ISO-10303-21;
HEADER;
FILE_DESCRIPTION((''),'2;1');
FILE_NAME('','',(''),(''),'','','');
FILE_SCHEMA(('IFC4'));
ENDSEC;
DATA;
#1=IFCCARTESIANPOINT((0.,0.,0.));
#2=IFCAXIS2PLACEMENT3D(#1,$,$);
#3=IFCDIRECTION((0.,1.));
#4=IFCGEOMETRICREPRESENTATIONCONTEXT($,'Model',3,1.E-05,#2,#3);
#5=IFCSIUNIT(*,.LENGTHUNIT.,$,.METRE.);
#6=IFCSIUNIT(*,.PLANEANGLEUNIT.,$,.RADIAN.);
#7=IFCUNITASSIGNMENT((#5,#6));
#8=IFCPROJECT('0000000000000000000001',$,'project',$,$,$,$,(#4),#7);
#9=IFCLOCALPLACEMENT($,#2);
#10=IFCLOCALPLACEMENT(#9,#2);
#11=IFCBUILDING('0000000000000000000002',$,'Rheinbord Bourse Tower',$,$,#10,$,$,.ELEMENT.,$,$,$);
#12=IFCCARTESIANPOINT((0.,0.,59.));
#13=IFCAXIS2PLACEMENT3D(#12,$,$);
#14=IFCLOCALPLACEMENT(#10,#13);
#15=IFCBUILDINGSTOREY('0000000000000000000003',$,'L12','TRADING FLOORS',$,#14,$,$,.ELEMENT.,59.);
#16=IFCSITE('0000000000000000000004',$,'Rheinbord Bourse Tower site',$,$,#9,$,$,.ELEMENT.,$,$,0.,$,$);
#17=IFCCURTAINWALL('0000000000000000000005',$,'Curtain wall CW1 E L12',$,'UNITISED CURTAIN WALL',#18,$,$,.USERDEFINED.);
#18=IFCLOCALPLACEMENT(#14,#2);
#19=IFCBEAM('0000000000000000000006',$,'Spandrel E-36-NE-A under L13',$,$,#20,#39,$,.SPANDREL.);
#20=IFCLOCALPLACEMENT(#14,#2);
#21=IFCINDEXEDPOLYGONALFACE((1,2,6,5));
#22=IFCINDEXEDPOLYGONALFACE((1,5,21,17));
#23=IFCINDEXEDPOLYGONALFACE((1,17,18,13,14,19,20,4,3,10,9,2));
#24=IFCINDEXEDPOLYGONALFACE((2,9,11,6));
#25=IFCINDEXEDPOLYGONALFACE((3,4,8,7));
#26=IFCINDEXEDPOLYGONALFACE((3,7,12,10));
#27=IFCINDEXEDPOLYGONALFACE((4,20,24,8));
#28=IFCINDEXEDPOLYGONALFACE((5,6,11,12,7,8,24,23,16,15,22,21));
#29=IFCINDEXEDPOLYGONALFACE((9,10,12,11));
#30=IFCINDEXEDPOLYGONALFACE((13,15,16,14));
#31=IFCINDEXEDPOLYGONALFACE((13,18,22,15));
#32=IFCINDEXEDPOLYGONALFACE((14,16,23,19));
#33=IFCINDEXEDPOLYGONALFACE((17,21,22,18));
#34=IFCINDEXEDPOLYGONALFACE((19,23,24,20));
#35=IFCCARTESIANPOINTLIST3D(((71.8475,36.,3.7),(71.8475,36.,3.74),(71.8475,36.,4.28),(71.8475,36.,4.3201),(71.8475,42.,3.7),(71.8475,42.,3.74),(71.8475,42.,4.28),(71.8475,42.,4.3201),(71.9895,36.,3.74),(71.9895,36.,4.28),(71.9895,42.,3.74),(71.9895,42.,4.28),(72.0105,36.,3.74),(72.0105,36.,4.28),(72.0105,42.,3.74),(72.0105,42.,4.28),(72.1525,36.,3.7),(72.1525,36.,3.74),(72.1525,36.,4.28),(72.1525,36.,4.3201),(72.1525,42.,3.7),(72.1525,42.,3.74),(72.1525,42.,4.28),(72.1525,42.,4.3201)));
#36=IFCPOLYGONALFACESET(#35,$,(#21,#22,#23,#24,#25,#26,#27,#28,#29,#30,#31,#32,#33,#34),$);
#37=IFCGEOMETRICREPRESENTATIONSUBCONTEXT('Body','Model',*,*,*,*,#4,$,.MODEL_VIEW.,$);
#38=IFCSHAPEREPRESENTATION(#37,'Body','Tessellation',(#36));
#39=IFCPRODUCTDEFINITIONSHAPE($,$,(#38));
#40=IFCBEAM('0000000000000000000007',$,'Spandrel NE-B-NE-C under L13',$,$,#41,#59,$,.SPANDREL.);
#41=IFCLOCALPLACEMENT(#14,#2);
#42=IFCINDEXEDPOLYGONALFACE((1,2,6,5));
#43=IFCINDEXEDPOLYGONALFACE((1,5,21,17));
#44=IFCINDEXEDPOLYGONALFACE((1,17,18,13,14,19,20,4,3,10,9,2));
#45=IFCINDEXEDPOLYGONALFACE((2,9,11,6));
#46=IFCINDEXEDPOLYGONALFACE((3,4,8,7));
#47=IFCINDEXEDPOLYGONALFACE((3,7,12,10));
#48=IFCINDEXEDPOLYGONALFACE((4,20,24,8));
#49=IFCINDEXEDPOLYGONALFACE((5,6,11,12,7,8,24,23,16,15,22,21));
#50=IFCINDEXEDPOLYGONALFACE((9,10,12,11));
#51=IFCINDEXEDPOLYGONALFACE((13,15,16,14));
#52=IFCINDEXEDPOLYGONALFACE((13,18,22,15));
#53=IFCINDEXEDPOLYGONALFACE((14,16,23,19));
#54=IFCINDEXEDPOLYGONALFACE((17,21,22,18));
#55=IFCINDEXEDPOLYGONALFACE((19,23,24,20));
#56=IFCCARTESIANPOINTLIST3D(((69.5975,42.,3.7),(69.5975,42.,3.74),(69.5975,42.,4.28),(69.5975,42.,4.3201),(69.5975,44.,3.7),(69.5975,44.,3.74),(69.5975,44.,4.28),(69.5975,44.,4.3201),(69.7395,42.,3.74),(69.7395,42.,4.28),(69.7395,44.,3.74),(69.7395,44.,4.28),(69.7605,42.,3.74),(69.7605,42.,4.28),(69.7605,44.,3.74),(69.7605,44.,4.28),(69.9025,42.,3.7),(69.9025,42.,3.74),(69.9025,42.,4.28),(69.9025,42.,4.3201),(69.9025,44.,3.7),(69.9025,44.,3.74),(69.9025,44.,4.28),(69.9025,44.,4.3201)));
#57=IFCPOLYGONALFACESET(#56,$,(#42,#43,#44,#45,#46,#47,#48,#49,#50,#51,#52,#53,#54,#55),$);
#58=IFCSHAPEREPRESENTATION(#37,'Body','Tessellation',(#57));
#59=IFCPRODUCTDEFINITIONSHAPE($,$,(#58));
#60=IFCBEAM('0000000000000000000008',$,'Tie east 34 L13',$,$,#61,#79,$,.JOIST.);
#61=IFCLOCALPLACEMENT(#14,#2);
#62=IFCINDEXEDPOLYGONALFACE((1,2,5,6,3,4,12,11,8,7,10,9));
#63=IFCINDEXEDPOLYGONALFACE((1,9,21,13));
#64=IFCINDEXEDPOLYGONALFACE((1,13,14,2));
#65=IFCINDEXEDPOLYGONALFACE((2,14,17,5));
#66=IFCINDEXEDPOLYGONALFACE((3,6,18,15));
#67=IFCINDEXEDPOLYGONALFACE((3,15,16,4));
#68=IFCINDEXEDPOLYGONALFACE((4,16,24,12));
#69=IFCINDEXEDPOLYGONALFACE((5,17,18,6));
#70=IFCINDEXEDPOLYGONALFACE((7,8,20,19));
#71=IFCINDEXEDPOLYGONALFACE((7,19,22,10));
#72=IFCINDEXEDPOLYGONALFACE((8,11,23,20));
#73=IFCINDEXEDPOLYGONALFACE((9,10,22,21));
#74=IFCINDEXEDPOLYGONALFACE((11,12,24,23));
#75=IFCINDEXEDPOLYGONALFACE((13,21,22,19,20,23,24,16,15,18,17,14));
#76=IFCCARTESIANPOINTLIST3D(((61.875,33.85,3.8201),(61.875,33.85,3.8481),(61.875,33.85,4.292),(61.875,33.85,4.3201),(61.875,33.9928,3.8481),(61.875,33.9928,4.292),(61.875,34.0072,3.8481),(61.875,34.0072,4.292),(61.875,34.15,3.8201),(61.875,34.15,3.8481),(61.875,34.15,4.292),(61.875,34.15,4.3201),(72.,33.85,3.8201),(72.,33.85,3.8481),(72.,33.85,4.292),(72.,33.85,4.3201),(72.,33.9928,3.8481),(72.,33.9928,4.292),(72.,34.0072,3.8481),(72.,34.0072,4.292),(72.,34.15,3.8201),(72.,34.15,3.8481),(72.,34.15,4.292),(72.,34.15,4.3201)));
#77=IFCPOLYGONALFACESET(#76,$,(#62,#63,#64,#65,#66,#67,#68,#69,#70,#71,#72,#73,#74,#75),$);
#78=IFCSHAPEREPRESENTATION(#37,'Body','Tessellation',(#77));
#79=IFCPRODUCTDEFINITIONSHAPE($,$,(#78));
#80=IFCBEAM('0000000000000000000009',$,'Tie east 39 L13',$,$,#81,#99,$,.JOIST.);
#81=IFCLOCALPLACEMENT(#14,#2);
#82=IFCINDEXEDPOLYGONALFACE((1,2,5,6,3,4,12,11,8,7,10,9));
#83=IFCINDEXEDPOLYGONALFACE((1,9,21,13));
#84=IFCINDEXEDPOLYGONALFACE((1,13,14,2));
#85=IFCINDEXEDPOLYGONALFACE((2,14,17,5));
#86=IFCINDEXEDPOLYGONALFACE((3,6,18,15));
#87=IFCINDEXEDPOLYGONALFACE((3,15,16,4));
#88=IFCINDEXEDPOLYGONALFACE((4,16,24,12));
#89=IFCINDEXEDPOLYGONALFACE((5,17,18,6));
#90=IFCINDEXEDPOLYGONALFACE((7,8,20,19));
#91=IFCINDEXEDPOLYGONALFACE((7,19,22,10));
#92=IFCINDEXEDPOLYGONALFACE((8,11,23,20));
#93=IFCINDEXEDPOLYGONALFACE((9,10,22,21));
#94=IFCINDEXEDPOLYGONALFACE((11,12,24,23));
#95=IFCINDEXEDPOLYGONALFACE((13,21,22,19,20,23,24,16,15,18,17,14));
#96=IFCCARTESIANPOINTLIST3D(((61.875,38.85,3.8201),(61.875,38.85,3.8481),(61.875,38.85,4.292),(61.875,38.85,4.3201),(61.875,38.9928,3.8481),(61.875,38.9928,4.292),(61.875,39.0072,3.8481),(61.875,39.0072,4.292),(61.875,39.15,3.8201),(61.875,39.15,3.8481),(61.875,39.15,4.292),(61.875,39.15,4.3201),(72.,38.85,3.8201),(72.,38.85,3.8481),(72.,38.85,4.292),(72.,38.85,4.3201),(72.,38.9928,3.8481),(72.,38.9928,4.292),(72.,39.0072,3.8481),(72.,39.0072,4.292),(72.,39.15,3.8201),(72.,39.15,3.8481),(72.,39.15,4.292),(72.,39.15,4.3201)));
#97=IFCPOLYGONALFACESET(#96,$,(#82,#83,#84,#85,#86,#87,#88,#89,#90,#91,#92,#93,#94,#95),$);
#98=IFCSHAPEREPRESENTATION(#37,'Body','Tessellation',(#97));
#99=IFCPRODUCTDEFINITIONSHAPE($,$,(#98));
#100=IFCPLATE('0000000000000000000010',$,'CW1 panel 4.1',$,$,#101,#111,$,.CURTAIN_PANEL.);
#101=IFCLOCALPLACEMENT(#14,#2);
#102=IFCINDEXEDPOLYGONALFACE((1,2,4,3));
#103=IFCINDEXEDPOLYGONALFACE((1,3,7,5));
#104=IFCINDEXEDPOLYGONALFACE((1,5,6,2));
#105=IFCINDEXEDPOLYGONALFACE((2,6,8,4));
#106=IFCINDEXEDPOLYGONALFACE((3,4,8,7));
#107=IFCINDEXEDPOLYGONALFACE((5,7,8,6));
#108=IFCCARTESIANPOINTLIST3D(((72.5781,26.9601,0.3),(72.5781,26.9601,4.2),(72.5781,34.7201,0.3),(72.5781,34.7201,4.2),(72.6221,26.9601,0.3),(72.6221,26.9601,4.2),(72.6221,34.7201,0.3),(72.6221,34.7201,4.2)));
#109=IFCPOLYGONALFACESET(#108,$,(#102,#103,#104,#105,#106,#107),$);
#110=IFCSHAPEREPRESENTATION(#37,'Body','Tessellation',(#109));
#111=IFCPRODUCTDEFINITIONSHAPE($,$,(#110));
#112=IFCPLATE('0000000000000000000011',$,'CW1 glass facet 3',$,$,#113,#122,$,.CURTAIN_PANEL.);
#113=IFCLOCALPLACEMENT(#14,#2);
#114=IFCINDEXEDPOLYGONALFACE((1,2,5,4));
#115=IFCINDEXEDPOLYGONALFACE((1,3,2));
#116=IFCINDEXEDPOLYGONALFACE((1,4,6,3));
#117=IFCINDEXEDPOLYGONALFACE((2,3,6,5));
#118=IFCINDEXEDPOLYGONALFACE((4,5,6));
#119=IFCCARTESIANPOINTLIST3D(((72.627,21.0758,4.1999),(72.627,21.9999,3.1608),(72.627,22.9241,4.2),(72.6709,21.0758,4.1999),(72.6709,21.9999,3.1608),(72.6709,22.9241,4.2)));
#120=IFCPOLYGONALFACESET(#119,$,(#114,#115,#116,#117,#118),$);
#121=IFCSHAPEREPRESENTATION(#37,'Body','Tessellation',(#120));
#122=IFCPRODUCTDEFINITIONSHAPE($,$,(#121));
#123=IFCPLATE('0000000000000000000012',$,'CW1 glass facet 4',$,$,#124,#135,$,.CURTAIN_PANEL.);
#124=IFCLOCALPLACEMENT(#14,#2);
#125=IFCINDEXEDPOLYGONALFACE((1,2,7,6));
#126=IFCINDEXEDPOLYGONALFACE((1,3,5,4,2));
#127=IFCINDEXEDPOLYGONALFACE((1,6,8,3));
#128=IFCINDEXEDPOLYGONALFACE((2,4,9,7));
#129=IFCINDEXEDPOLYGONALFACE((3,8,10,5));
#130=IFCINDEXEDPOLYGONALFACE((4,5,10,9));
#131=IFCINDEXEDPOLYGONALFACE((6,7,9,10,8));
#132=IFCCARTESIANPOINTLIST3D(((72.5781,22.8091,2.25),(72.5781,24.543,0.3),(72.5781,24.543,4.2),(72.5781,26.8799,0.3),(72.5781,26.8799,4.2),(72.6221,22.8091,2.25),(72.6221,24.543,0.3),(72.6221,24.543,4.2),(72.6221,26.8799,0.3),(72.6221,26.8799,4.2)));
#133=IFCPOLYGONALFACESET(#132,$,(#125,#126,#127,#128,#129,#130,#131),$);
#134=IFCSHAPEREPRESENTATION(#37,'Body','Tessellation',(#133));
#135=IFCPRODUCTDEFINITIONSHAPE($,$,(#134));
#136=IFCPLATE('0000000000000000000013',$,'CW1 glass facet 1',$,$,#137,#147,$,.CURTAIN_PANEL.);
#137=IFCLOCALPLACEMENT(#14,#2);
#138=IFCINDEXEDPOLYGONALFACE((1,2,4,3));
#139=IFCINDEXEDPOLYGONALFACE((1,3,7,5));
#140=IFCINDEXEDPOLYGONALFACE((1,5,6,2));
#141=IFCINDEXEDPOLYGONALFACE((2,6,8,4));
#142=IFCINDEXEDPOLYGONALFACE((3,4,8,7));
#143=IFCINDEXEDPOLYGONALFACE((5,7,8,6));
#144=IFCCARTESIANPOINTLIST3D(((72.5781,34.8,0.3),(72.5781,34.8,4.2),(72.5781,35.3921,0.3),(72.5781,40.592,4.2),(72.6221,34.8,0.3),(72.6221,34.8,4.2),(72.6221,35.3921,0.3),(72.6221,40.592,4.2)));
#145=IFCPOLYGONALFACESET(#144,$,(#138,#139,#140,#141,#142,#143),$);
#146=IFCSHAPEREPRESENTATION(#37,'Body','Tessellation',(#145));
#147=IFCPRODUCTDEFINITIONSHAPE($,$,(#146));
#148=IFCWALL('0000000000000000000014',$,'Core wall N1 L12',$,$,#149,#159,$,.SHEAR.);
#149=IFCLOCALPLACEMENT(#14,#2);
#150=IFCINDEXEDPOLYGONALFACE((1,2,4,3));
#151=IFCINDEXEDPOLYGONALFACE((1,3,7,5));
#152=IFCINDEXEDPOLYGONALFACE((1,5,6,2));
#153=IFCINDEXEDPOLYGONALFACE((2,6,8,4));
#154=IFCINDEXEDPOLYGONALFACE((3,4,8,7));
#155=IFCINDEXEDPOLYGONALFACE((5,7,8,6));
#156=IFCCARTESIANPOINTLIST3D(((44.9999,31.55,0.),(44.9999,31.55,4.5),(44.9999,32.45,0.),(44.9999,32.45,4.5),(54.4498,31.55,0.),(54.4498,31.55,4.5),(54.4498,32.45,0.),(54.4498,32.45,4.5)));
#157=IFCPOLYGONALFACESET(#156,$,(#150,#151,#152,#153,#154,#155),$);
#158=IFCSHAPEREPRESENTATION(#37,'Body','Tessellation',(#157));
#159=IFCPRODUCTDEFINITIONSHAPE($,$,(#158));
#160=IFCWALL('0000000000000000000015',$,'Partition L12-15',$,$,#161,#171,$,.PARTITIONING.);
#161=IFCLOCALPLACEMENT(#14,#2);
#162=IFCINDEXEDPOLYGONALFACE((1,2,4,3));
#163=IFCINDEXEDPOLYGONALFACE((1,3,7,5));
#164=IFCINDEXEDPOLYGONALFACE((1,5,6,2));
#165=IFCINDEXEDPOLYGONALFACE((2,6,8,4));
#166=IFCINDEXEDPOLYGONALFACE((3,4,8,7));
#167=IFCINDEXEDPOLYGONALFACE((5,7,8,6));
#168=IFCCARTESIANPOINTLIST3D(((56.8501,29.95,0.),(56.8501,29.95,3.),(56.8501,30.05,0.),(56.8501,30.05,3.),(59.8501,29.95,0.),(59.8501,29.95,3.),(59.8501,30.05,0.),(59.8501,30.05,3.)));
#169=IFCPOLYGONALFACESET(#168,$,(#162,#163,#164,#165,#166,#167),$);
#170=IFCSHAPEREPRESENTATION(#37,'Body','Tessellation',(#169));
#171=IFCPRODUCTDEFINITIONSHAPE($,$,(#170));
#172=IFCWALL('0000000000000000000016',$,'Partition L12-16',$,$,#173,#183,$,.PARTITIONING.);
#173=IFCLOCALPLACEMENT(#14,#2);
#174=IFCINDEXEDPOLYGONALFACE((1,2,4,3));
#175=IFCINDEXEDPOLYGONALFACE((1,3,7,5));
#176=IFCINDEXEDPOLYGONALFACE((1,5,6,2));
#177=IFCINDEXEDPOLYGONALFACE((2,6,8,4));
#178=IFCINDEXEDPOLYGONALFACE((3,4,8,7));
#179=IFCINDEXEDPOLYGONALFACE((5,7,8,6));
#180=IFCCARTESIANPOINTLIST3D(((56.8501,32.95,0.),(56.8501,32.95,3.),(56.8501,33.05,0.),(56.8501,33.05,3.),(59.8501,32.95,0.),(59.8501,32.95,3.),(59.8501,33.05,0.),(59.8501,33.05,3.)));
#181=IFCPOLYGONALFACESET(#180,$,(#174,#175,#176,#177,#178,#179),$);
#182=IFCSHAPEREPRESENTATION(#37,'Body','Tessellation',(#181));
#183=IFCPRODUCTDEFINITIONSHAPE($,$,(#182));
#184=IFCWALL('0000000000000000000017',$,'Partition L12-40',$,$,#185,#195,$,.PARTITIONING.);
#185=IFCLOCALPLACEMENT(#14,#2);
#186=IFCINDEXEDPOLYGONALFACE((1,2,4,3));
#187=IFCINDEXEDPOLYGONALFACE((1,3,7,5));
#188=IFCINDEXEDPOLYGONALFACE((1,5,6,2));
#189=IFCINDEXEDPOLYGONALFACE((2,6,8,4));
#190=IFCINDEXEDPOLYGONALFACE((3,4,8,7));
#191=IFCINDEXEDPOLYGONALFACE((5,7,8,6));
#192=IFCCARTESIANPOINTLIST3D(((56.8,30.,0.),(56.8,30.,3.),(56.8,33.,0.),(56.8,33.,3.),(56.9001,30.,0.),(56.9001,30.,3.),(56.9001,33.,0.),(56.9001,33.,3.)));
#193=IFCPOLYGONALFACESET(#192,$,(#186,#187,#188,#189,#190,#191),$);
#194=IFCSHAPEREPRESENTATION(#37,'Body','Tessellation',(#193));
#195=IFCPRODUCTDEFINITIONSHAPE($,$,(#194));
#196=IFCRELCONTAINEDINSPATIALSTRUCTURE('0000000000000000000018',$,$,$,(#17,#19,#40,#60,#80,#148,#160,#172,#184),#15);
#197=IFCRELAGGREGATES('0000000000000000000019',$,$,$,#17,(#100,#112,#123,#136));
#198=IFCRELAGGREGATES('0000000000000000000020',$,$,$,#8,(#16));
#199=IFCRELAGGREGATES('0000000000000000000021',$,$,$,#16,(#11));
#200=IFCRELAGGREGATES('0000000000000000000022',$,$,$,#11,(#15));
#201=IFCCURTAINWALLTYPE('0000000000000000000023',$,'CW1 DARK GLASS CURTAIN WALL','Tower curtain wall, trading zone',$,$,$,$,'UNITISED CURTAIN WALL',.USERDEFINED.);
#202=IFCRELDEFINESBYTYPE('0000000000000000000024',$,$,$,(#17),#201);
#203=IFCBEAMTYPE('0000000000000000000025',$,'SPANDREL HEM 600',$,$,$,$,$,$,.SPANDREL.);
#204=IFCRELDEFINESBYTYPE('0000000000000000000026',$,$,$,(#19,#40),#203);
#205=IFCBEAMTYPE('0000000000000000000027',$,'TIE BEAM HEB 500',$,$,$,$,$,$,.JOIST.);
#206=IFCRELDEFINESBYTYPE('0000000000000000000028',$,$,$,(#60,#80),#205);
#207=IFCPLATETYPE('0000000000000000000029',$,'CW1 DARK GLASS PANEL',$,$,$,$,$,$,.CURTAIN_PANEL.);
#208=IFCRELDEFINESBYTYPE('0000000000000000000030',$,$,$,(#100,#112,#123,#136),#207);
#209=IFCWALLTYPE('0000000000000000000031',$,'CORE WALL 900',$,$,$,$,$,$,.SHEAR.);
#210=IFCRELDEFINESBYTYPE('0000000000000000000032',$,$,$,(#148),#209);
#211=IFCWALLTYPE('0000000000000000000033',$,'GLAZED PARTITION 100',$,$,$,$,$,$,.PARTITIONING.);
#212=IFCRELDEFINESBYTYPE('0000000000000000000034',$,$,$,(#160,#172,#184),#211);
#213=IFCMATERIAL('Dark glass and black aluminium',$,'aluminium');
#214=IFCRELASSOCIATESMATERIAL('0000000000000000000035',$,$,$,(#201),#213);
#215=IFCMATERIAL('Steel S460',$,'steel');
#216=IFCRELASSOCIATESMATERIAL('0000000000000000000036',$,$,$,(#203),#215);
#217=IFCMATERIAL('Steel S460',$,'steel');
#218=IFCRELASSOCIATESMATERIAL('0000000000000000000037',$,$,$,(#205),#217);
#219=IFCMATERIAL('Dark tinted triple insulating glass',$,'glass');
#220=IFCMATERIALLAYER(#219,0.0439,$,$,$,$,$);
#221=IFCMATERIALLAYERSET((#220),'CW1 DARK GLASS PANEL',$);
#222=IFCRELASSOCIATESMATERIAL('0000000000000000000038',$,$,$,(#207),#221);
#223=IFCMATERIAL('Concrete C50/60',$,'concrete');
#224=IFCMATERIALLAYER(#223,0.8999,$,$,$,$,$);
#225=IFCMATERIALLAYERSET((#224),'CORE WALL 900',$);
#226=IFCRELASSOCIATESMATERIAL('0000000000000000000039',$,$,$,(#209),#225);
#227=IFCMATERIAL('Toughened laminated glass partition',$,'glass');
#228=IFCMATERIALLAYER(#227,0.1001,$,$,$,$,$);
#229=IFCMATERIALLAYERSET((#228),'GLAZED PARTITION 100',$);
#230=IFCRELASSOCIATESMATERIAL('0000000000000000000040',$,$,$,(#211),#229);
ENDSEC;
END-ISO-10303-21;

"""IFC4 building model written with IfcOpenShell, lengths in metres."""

from ifc_helpers import new_model, si_unit, direction, frame, frame_2d, origin, origin_2d, place, context, subcontext, project, spatial, polyline, rectangle, i_section, outline, extrude, material, layer, layer_set, material_profile, profile_set, type_object, element, aggregate, save


model = new_model("IFC4")

# Units and contexts
model_context = context("Model", 3, precision=1e-05, world=origin(), true_north=direction((0.0, 1.0)))
body_context = subcontext(model_context, "Body", "Model", "MODEL_VIEW")
ifc_project = project(units=[si_unit("LENGTHUNIT", "METRE"), si_unit("PLANEANGLEUNIT", "RADIAN")], contexts=[model_context])

# Site, building, storey
site_placement = place(None, origin())
site = spatial("IfcSite", under=ifc_project, at=site_placement, Name="Rheinbord Bourse Tower site", CompositionType="ELEMENT", RefElevation=0.0)
building_placement = place(site_placement, origin())
building = spatial("IfcBuilding", under=site, at=building_placement, Name="Rheinbord Bourse Tower", CompositionType="ELEMENT")
storey_placement = place(building_placement, frame((0.0, 0.0, 59.0)))
storey = spatial("IfcBuildingStorey", under=building, at=storey_placement, Name="L12", Description="TRADING FLOORS", CompositionType="ELEMENT", Elevation=59.0)

# Curtain wall
ifc_material_1 = material(Name="Dark glass and black aluminium", Category="aluminium")
curtain_wall_type = type_object("IfcCurtainWallType", Name="CW1 DARK GLASS CURTAIN WALL", Description="Tower curtain wall, trading zone", ElementType="UNITISED CURTAIN WALL", PredefinedType="USERDEFINED", material=ifc_material_1)
curtain_wall_placement = place(storey_placement, origin())
curtain_wall = element("IfcCurtainWall", 1, at=curtain_wall_placement, inside=storey, type_object=curtain_wall_type, Name="Curtain wall CW1 E L12", ObjectType="UNITISED CURTAIN WALL", PredefinedType="USERDEFINED")

# Beams
ifc_material_2 = material(Name="Steel S460", Category="steel")
ifc_material_profile_1 = material_profile(ifc_material_2, i_section(OverallWidth=0.3049, OverallDepth=0.6201, WebThickness=0.021, FlangeThickness=0.04, at=origin_2d()), Name="HEM 600")
ifc_profile_set_1 = profile_set([ifc_material_profile_1], Name="Steel S460")
beam_type_1 = type_object("IfcBeamType", Name="SPANDREL HEM 600", PredefinedType="SPANDREL", material=ifc_profile_set_1)
beam_1_placement = place(storey_placement, frame((72.0, 36.0, 4.01), z_axis=(0.0, 1.0, 0.0), x_axis=(-1.0, 0.0, 0.0)))
element("IfcBeam", 2, at=beam_1_placement, inside=storey, type_object=beam_type_1, Name="Spandrel E-36-NE-A under L13", PredefinedType="SPANDREL", context=body_context, shape_type="SweptSolid", body=[
    extrude(i_section(OverallWidth=0.3049, OverallDepth=0.6201, WebThickness=0.021, FlangeThickness=0.04, at=origin_2d()), origin(), (0.0, 0.0, 1.0), 6.0),
])
beam_2_placement = place(storey_placement, frame((69.75, 42.0, 4.01), z_axis=(0.0, 1.0, 0.0), x_axis=(-1.0, 0.0, 0.0)))
element("IfcBeam", 3, at=beam_2_placement, inside=storey, type_object=beam_type_1, Name="Spandrel NE-B-NE-C under L13", PredefinedType="SPANDREL", context=body_context, shape_type="SweptSolid", body=[
    extrude(i_section(OverallWidth=0.3049, OverallDepth=0.6201, WebThickness=0.021, FlangeThickness=0.04, at=origin_2d()), origin(), (0.0, 0.0, 1.0), 2.0),
])
ifc_material_3 = material(Name="Steel S460", Category="steel")
ifc_material_profile_2 = material_profile(ifc_material_3, i_section(OverallWidth=0.3, OverallDepth=0.5, WebThickness=0.0144, FlangeThickness=0.0281, at=origin_2d()), Name="HEB 500")
ifc_profile_set_2 = profile_set([ifc_material_profile_2], Name="Steel S460")
beam_type_2 = type_object("IfcBeamType", Name="TIE BEAM HEB 500", PredefinedType="JOIST", material=ifc_profile_set_2)
for number, where, z_axis, x_axis, name in (
    (4, (61.875, 34.0, 4.0701), (1.0, 0.0, 0.0), (0.0, 1.0, 0.0), "Tie east 34 L13"),
    (5, (61.875, 39.0, 4.0701), (1.0, 0.0, 0.0), (0.0, 1.0, 0.0), "Tie east 39 L13"),
):
    element("IfcBeam", number, at=place(storey_placement, frame(where, z_axis=z_axis, x_axis=x_axis)), inside=storey, type_object=beam_type_2, Name=name, PredefinedType="JOIST", context=body_context, shape_type="SweptSolid", body=[
        extrude(i_section(OverallWidth=0.3, OverallDepth=0.5, WebThickness=0.0144, FlangeThickness=0.0281, at=origin_2d()), origin(), (0.0, 0.0, 1.0), 10.125),
    ])

# Plates
ifc_material_4 = material(Name="Dark tinted triple insulating glass", Category="glass")
ifc_layer_1 = layer(ifc_material_4, 0.0439)
ifc_layer_set_1 = layer_set([ifc_layer_1], Name="CW1 DARK GLASS PANEL")
plate_type = type_object("IfcPlateType", Name="CW1 DARK GLASS PANEL", PredefinedType="CURTAIN_PANEL", material=ifc_layer_set_1)
plate_1_placement = place(storey_placement, frame((72.6001, 30.8401, 0.3), z_axis=(0.0, 0.0, 1.0), x_axis=(0.0, 1.0, 0.0)))
plate_1 = element("IfcPlate", 6, at=plate_1_placement, type_object=plate_type, Name="CW1 panel 4.1", PredefinedType="CURTAIN_PANEL", context=body_context, shape_type="SweptSolid", body=[
    extrude(rectangle(XDim=7.76, YDim=0.0439, at=origin_2d()), origin(), (0.0, 0.0, 1.0), 3.8999),
])
plate_2_placement = place(storey_placement, frame((72.6709, 22.9241, 4.2), z_axis=(-1.0, 0.0, 0.0), x_axis=(0.0, -0.664549, -0.747245)))
plate_2 = element("IfcPlate", 7, at=plate_2_placement, type_object=plate_type, Name="CW1 glass facet 3", PredefinedType="CURTAIN_PANEL", context=body_context, shape_type="SweptSolid", body=[
    extrude(outline(polyline([(0.0, 0.0), (1.3906, 0.0), (1.2283, 1.3811), (0.0, 0.0)])), origin(), (0.0, 0.0, 1.0), 0.0439),
])
plate_3_placement = place(storey_placement, frame((72.6221, 26.8799, 4.2), z_axis=(-1.0, 0.0, 0.0), x_axis=(0.0, 0.0, -1.0)))
plate_3 = element("IfcPlate", 8, at=plate_3_placement, type_object=plate_type, Name="CW1 glass facet 4", PredefinedType="CURTAIN_PANEL", context=body_context, shape_type="SweptSolid", body=[
    extrude(outline(polyline([(0.0, 0.0), (3.8999, 0.0), (3.8999, 2.3369), (1.95, 4.0708), (0.0, 2.3369), (0.0, 0.0)])), origin(), (0.0, 0.0, 1.0), 0.0439),
])
plate_4_placement = place(storey_placement, frame((72.6221, 34.8, 0.3), z_axis=(-1.0, 0.0, 0.0), x_axis=(0.0, 0.0, 1.0)))
plate_4 = element("IfcPlate", 9, at=plate_4_placement, type_object=plate_type, Name="CW1 glass facet 1", PredefinedType="CURTAIN_PANEL", context=body_context, shape_type="SweptSolid", body=[
    extrude(outline(polyline([(0.0, 0.0), (3.8999, 0.0), (3.8999, 5.792), (0.0, 0.592), (0.0, 0.0)])), origin(), (0.0, 0.0, 1.0), 0.0439),
])
aggregate(curtain_wall, [plate_1, plate_2, plate_3, plate_4])

# Walls
ifc_material_5 = material(Name="Concrete C50/60", Category="concrete")
ifc_layer_2 = layer(ifc_material_5, 0.8999)
ifc_layer_set_2 = layer_set([ifc_layer_2], Name="CORE WALL 900")
wall_type_1 = type_object("IfcWallType", Name="CORE WALL 900", PredefinedType="SHEAR", material=ifc_layer_set_2)
wall_1_placement = place(storey_placement, frame((54.45, 32.0, 0.0), z_axis=(0.0, 0.0, 1.0), x_axis=(-1.0, 0.0, 0.0)))
element("IfcWall", 10, at=wall_1_placement, inside=storey, type_object=wall_type_1, Name="Core wall N1 L12", PredefinedType="SHEAR", context=body_context, shape_type="SweptSolid", body=[
    extrude(rectangle(XDim=9.45, YDim=0.8999, at=frame_2d((4.7251, 0.0))), origin(), (0.0, 0.0, 1.0), 4.5),
])
ifc_material_6 = material(Name="Toughened laminated glass partition", Category="glass")
ifc_layer_3 = layer(ifc_material_6, 0.1001)
ifc_layer_set_3 = layer_set([ifc_layer_3], Name="GLAZED PARTITION 100")
wall_type_2 = type_object("IfcWallType", Name="GLAZED PARTITION 100", PredefinedType="PARTITIONING", material=ifc_layer_set_3)
for number, where, z_axis, x_axis, name in (
    (11, (56.8501, 30.0, 0.0), (0.0, 0.0, 1.0), (1.0, 0.0, 0.0), "Partition L12-15"),
    (12, (56.8501, 33.0, 0.0), (0.0, 0.0, 1.0), (1.0, 0.0, 0.0), "Partition L12-16"),
    (13, (56.8501, 30.0, 0.0), (0.0, 0.0, 1.0), (0.0, 1.0, 0.0), "Partition L12-40"),
):
    element("IfcWall", number, at=place(storey_placement, frame(where, z_axis=z_axis, x_axis=x_axis)), inside=storey, type_object=wall_type_2, Name=name, PredefinedType="PARTITIONING", context=body_context, shape_type="SweptSolid", body=[
        extrude(rectangle(XDim=3.0, YDim=0.1001, at=frame_2d((1.5, 0.0))), origin(), (0.0, 0.0, 1.0), 3.0),
    ])

save(model, "model.ifc")
